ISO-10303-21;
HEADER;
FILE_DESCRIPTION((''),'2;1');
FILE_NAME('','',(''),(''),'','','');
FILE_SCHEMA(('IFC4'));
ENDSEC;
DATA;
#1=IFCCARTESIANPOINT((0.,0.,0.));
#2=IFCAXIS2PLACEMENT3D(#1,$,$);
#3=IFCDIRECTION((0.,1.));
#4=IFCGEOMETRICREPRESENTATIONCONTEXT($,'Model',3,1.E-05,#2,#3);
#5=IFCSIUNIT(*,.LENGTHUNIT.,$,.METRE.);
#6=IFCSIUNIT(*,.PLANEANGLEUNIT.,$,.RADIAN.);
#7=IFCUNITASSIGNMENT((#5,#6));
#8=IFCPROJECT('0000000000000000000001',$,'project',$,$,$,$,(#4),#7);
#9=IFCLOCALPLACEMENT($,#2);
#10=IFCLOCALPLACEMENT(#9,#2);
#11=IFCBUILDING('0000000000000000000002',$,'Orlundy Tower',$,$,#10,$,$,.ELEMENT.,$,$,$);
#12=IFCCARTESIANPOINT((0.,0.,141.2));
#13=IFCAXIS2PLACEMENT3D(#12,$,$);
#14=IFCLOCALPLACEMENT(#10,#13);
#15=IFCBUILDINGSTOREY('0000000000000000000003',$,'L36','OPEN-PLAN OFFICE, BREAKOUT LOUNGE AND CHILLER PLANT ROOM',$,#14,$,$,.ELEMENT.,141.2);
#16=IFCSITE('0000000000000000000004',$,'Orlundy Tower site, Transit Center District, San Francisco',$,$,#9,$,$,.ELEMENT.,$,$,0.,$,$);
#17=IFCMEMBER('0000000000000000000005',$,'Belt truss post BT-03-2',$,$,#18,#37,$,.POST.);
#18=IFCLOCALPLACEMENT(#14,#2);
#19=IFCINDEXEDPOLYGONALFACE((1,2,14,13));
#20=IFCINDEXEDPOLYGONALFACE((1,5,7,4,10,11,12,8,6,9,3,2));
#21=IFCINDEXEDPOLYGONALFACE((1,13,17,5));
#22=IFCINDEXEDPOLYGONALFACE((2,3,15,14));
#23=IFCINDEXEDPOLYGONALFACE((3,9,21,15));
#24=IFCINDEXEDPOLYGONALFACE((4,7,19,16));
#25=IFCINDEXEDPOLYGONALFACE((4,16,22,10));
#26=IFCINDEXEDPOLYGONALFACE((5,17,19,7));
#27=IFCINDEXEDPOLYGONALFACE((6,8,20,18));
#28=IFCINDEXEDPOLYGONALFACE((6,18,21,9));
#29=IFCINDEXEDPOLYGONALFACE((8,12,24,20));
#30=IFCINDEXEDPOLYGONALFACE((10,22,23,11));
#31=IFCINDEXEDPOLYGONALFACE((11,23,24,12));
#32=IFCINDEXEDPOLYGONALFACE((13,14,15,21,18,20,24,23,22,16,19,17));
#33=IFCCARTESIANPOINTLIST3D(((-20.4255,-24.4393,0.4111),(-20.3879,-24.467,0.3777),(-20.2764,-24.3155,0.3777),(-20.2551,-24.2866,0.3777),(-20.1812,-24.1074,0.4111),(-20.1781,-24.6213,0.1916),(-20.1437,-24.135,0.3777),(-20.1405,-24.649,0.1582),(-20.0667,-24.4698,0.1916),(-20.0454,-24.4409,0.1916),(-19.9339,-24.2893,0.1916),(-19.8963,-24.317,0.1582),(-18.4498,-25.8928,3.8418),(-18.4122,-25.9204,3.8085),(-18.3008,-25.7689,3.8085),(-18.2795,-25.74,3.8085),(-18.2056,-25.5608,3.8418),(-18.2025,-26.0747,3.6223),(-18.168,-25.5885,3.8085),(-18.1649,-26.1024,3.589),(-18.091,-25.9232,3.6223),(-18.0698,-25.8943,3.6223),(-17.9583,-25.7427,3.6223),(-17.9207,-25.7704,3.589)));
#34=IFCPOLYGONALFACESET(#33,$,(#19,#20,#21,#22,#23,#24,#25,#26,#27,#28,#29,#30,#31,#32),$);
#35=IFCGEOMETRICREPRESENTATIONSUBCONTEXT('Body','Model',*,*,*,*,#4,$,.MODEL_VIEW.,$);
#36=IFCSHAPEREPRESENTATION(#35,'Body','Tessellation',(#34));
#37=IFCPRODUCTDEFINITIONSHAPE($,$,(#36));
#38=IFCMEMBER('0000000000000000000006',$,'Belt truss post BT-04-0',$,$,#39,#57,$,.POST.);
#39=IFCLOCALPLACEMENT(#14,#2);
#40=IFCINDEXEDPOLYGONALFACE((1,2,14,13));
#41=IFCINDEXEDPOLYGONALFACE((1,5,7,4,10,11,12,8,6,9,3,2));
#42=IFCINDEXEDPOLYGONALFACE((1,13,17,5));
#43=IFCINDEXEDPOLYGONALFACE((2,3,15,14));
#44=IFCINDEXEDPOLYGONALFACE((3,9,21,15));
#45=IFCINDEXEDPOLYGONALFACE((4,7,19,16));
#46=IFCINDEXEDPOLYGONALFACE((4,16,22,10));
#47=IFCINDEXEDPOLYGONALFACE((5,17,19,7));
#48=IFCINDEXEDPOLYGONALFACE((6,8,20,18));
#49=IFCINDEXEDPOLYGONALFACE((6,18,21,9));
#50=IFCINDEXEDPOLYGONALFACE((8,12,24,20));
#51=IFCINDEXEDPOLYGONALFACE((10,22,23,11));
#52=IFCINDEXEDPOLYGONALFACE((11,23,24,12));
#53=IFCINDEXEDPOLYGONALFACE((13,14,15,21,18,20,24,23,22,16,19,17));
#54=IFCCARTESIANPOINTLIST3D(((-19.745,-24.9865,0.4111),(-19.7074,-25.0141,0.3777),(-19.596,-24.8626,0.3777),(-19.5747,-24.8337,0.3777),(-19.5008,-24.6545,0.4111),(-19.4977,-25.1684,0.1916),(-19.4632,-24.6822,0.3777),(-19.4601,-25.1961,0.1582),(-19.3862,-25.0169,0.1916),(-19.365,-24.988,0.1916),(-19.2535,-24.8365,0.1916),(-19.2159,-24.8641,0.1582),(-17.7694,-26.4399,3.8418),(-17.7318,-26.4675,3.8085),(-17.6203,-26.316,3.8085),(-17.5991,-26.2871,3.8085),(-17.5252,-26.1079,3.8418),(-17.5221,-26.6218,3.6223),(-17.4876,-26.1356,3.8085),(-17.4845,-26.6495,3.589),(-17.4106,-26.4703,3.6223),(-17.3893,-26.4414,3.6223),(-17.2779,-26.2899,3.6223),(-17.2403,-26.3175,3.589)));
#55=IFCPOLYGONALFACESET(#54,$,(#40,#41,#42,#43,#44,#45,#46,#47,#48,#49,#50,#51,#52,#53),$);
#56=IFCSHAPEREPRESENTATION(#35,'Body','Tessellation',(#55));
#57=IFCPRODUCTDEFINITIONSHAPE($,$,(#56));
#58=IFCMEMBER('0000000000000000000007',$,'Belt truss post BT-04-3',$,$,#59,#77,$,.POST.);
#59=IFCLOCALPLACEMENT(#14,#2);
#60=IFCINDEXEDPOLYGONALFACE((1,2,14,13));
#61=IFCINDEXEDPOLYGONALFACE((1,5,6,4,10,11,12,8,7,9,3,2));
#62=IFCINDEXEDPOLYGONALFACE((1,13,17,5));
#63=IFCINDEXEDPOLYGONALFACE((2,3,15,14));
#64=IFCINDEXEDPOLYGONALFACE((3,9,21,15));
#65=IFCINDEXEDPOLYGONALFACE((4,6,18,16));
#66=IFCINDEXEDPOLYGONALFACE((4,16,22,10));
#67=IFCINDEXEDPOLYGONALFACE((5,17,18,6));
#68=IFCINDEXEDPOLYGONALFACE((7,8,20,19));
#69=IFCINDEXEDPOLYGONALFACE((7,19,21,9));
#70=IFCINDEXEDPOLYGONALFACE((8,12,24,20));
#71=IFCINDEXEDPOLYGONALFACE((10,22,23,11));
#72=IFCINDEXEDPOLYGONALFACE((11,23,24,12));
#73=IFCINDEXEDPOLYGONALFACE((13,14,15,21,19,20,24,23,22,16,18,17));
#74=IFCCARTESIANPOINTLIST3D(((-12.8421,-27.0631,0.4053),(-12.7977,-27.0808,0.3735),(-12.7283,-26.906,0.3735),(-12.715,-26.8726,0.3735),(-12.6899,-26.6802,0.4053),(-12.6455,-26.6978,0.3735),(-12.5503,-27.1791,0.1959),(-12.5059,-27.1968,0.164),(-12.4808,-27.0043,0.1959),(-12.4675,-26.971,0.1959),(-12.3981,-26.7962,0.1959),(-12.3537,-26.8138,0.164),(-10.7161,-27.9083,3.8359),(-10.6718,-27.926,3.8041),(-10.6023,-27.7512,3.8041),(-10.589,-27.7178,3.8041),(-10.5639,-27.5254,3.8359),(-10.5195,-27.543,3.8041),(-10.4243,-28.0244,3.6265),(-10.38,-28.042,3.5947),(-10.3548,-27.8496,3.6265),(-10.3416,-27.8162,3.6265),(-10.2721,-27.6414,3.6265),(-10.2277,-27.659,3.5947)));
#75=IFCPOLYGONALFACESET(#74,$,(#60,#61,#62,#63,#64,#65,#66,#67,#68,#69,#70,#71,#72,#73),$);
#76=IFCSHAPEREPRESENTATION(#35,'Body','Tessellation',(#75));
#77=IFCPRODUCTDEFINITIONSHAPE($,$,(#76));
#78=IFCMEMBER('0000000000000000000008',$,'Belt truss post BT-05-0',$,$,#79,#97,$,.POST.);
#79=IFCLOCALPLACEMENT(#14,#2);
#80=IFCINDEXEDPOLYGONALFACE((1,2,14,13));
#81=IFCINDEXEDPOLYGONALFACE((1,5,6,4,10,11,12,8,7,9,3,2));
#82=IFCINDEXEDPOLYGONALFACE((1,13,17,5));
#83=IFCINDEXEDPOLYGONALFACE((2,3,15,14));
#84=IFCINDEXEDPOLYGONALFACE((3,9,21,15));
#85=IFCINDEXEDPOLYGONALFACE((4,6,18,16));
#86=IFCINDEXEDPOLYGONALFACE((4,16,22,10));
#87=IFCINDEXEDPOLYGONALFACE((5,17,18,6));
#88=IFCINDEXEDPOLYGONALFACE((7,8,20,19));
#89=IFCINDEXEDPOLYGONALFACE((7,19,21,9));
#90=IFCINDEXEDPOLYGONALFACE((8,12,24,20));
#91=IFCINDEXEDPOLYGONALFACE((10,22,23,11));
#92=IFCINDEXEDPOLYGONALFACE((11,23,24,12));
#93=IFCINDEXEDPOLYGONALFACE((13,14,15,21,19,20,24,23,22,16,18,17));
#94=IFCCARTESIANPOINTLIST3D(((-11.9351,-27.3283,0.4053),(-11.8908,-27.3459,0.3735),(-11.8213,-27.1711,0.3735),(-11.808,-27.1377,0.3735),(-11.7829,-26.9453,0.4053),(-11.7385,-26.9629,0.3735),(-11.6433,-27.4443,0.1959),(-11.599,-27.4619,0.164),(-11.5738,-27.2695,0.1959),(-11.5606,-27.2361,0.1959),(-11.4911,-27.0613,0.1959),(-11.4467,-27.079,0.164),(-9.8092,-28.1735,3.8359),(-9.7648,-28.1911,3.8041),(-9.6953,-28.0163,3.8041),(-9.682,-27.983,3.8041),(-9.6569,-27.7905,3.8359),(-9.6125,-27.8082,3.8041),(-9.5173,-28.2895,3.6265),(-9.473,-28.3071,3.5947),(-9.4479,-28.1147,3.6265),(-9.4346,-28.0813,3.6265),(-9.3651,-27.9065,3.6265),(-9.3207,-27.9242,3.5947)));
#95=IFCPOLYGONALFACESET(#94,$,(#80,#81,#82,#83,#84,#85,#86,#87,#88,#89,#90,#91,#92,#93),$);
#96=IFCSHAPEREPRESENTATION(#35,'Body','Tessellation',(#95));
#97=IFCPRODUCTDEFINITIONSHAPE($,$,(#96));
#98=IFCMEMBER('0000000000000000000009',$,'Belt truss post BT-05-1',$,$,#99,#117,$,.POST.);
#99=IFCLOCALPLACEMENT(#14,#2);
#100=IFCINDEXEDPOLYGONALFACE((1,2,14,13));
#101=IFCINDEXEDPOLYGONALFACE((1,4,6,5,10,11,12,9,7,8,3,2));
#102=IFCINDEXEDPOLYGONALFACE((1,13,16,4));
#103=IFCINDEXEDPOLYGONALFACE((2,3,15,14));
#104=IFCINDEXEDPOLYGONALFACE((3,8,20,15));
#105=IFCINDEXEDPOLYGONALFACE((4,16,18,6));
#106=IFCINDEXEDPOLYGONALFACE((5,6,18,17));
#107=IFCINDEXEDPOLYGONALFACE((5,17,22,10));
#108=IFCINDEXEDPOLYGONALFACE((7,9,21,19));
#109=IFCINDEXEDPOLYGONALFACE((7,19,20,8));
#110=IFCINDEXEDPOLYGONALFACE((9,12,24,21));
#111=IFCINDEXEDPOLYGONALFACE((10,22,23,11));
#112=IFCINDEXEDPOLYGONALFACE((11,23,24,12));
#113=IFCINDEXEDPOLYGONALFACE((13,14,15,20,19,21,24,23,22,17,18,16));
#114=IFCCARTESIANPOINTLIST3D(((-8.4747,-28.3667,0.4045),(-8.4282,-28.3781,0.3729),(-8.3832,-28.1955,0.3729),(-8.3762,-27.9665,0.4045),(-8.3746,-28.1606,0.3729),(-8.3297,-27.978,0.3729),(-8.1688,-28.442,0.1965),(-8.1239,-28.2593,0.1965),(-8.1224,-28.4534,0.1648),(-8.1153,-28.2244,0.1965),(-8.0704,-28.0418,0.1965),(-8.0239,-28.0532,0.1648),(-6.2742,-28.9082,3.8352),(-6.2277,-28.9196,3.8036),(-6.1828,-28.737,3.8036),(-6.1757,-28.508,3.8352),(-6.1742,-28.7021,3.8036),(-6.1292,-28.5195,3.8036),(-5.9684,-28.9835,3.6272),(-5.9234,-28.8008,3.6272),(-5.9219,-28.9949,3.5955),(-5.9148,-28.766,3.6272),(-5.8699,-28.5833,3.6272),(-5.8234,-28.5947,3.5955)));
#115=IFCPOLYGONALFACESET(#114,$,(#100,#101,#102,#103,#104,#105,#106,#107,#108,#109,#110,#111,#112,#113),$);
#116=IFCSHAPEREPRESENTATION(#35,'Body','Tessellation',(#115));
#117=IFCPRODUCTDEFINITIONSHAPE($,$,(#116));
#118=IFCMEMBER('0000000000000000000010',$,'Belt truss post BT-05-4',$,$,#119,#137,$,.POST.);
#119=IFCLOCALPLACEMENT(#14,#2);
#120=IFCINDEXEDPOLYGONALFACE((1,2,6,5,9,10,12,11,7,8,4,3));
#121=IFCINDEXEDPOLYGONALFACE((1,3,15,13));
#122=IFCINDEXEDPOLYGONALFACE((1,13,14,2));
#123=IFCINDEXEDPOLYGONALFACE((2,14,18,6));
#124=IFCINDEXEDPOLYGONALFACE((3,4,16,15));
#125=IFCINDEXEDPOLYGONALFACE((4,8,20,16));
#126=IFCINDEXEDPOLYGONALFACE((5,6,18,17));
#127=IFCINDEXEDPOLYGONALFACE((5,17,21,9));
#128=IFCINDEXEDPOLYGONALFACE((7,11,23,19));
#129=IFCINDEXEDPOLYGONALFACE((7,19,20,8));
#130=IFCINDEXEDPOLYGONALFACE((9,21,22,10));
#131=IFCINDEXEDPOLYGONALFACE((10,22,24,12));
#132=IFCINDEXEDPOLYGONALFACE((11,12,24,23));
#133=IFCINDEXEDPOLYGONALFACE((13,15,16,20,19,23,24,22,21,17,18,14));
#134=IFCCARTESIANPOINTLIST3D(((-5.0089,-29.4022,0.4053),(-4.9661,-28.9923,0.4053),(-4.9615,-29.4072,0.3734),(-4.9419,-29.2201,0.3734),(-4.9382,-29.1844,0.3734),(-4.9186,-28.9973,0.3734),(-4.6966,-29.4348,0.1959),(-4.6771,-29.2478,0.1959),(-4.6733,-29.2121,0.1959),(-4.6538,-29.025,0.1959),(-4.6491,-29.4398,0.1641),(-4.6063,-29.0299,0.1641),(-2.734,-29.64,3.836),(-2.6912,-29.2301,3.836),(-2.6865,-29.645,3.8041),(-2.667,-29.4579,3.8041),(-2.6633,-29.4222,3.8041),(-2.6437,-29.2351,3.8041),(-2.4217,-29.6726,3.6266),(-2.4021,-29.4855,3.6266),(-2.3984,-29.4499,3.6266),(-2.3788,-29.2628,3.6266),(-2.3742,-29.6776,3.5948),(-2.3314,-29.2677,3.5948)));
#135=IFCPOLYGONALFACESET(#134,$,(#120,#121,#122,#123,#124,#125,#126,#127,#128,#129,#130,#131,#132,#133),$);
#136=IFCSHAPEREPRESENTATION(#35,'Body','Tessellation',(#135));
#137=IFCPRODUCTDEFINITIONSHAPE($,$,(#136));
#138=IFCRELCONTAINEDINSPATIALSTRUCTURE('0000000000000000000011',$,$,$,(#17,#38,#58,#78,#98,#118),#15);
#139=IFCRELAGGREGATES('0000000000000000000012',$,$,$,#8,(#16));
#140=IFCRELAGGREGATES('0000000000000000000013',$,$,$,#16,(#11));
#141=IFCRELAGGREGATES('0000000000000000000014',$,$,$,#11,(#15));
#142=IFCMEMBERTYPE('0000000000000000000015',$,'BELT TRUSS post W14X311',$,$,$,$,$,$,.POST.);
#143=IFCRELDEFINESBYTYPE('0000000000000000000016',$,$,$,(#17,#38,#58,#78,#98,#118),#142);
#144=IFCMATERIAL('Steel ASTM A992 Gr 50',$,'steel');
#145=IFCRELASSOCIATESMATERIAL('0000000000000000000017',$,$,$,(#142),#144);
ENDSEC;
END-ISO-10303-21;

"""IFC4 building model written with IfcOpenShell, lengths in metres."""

from ifc_helpers import new_model, si_unit, direction, frame, origin, origin_2d, place, context, subcontext, project, spatial, i_section, extrude, material, material_profile, profile_set, type_object, element, save


model = new_model("IFC4")

# Units and contexts
model_context = context("Model", 3, precision=1e-05, world=origin(), true_north=direction((0.0, 1.0)))
body_context = subcontext(model_context, "Body", "Model", "MODEL_VIEW")
ifc_project = project(units=[si_unit("LENGTHUNIT", "METRE"), si_unit("PLANEANGLEUNIT", "RADIAN")], contexts=[model_context])

# Site, building, storey
site_placement = place(None, origin())
site = spatial("IfcSite", under=ifc_project, at=site_placement, Name="Orlundy Tower site, Transit Center District, San Francisco", CompositionType="ELEMENT", RefElevation=0.0)
building_placement = place(site_placement, origin())
building = spatial("IfcBuilding", under=site, at=building_placement, Name="Orlundy Tower", CompositionType="ELEMENT")
storey_placement = place(building_placement, frame((0.0, 0.0, 141.2)))
storey = spatial("IfcBuildingStorey", under=building, at=storey_placement, Name="L36", Description="OPEN-PLAN OFFICE, BREAKOUT LOUNGE AND CHILLER PLANT ROOM", CompositionType="ELEMENT", Elevation=141.2)

# Members
ifc_material_1 = material(Name="Steel ASTM A992 Gr 50", Category="steel")
ifc_material_profile_1 = material_profile(ifc_material_1, i_section(OverallWidth=0.4121, OverallDepth=0.4348, WebThickness=0.0359, FlangeThickness=0.0574, at=origin_2d()), Name="W14X311")
ifc_profile_set_1 = profile_set([ifc_material_profile_1], Name="Steel ASTM A992 Gr 50")
member_type_1 = type_object("IfcMemberType", Name="BELT TRUSS post W14X311", PredefinedType="POST", material=ifc_profile_set_1)
for number, where, z_axis, x_axis, name in (
    (1, (-20.1609, -24.3782, 0.2847), (0.46846, -0.34463, 0.813496), (0.592584, 0.805508, 0.0), "Belt truss post BT-03-2"),
    (2, (-19.4805, -24.9253, 0.2847), (0.46846, -0.34463, 0.813496), (0.592584, 0.805508, 0.0), "Belt truss post BT-04-0"),
):
    element("IfcMember", number, at=place(storey_placement, frame(where, z_axis=z_axis, x_axis=x_axis)), inside=storey, type_object=member_type_1, Name=name, PredefinedType="POST", context=body_context, shape_type="SweptSolid", body=[
        extrude(i_section(OverallWidth=0.4121, OverallDepth=0.4348, WebThickness=0.0359, FlangeThickness=0.0574, at=origin_2d()), origin(), (0.0, 0.0, 1.0), 4.2173),
    ])
for number, where, z_axis, x_axis, name in (
    (3, (-12.5979, -26.9385, 0.2847), (0.51557, -0.204973, 0.83197), (0.36944, 0.929255, 0.0), "Belt truss post BT-04-3"),
    (4, (-11.6909, -27.2036, 0.2847), (0.51557, -0.204973, 0.83197), (0.36944, 0.929255, 0.0), "Belt truss post BT-05-0"),
):
    element("IfcMember", number, at=place(storey_placement, frame(where, z_axis=z_axis, x_axis=x_axis)), inside=storey, type_object=member_type_1, Name=name, PredefinedType="POST", context=body_context, shape_type="SweptSolid", body=[
        extrude(i_section(OverallWidth=0.4121, OverallDepth=0.4348, WebThickness=0.0359, FlangeThickness=0.0574, at=origin_2d()), origin(), (0.0, 0.0, 1.0), 4.1235),
    ])
member_1_placement = place(storey_placement, frame((-8.2493, -28.21, 0.2847), z_axis=(0.535188, -0.131704, 0.834402), x_axis=(0.23896, 0.971029, 0.0)))
element("IfcMember", 5, at=member_1_placement, inside=storey, type_object=member_type_1, Name="Belt truss post BT-05-1", PredefinedType="POST", context=body_context, shape_type="SweptSolid", body=[
    extrude(i_section(OverallWidth=0.4121, OverallDepth=0.4348, WebThickness=0.0359, FlangeThickness=0.0574, at=origin_2d()), origin(), (0.0, 0.0, 1.0), 4.1116),
])
member_2_placement = place(storey_placement, frame((-4.8076, -29.2161, 0.2847), z_axis=(0.551726, -0.057671, 0.832029), x_axis=(0.103962, 0.994581, 0.0)))
element("IfcMember", 6, at=member_2_placement, inside=storey, type_object=member_type_1, Name="Belt truss post BT-05-4", PredefinedType="POST", context=body_context, shape_type="SweptSolid", body=[
    extrude(i_section(OverallWidth=0.4121, OverallDepth=0.4348, WebThickness=0.0359, FlangeThickness=0.0574, at=origin_2d()), origin(), (0.0, 0.0, 1.0), 4.1233),
])

save(model, "model.ifc")
